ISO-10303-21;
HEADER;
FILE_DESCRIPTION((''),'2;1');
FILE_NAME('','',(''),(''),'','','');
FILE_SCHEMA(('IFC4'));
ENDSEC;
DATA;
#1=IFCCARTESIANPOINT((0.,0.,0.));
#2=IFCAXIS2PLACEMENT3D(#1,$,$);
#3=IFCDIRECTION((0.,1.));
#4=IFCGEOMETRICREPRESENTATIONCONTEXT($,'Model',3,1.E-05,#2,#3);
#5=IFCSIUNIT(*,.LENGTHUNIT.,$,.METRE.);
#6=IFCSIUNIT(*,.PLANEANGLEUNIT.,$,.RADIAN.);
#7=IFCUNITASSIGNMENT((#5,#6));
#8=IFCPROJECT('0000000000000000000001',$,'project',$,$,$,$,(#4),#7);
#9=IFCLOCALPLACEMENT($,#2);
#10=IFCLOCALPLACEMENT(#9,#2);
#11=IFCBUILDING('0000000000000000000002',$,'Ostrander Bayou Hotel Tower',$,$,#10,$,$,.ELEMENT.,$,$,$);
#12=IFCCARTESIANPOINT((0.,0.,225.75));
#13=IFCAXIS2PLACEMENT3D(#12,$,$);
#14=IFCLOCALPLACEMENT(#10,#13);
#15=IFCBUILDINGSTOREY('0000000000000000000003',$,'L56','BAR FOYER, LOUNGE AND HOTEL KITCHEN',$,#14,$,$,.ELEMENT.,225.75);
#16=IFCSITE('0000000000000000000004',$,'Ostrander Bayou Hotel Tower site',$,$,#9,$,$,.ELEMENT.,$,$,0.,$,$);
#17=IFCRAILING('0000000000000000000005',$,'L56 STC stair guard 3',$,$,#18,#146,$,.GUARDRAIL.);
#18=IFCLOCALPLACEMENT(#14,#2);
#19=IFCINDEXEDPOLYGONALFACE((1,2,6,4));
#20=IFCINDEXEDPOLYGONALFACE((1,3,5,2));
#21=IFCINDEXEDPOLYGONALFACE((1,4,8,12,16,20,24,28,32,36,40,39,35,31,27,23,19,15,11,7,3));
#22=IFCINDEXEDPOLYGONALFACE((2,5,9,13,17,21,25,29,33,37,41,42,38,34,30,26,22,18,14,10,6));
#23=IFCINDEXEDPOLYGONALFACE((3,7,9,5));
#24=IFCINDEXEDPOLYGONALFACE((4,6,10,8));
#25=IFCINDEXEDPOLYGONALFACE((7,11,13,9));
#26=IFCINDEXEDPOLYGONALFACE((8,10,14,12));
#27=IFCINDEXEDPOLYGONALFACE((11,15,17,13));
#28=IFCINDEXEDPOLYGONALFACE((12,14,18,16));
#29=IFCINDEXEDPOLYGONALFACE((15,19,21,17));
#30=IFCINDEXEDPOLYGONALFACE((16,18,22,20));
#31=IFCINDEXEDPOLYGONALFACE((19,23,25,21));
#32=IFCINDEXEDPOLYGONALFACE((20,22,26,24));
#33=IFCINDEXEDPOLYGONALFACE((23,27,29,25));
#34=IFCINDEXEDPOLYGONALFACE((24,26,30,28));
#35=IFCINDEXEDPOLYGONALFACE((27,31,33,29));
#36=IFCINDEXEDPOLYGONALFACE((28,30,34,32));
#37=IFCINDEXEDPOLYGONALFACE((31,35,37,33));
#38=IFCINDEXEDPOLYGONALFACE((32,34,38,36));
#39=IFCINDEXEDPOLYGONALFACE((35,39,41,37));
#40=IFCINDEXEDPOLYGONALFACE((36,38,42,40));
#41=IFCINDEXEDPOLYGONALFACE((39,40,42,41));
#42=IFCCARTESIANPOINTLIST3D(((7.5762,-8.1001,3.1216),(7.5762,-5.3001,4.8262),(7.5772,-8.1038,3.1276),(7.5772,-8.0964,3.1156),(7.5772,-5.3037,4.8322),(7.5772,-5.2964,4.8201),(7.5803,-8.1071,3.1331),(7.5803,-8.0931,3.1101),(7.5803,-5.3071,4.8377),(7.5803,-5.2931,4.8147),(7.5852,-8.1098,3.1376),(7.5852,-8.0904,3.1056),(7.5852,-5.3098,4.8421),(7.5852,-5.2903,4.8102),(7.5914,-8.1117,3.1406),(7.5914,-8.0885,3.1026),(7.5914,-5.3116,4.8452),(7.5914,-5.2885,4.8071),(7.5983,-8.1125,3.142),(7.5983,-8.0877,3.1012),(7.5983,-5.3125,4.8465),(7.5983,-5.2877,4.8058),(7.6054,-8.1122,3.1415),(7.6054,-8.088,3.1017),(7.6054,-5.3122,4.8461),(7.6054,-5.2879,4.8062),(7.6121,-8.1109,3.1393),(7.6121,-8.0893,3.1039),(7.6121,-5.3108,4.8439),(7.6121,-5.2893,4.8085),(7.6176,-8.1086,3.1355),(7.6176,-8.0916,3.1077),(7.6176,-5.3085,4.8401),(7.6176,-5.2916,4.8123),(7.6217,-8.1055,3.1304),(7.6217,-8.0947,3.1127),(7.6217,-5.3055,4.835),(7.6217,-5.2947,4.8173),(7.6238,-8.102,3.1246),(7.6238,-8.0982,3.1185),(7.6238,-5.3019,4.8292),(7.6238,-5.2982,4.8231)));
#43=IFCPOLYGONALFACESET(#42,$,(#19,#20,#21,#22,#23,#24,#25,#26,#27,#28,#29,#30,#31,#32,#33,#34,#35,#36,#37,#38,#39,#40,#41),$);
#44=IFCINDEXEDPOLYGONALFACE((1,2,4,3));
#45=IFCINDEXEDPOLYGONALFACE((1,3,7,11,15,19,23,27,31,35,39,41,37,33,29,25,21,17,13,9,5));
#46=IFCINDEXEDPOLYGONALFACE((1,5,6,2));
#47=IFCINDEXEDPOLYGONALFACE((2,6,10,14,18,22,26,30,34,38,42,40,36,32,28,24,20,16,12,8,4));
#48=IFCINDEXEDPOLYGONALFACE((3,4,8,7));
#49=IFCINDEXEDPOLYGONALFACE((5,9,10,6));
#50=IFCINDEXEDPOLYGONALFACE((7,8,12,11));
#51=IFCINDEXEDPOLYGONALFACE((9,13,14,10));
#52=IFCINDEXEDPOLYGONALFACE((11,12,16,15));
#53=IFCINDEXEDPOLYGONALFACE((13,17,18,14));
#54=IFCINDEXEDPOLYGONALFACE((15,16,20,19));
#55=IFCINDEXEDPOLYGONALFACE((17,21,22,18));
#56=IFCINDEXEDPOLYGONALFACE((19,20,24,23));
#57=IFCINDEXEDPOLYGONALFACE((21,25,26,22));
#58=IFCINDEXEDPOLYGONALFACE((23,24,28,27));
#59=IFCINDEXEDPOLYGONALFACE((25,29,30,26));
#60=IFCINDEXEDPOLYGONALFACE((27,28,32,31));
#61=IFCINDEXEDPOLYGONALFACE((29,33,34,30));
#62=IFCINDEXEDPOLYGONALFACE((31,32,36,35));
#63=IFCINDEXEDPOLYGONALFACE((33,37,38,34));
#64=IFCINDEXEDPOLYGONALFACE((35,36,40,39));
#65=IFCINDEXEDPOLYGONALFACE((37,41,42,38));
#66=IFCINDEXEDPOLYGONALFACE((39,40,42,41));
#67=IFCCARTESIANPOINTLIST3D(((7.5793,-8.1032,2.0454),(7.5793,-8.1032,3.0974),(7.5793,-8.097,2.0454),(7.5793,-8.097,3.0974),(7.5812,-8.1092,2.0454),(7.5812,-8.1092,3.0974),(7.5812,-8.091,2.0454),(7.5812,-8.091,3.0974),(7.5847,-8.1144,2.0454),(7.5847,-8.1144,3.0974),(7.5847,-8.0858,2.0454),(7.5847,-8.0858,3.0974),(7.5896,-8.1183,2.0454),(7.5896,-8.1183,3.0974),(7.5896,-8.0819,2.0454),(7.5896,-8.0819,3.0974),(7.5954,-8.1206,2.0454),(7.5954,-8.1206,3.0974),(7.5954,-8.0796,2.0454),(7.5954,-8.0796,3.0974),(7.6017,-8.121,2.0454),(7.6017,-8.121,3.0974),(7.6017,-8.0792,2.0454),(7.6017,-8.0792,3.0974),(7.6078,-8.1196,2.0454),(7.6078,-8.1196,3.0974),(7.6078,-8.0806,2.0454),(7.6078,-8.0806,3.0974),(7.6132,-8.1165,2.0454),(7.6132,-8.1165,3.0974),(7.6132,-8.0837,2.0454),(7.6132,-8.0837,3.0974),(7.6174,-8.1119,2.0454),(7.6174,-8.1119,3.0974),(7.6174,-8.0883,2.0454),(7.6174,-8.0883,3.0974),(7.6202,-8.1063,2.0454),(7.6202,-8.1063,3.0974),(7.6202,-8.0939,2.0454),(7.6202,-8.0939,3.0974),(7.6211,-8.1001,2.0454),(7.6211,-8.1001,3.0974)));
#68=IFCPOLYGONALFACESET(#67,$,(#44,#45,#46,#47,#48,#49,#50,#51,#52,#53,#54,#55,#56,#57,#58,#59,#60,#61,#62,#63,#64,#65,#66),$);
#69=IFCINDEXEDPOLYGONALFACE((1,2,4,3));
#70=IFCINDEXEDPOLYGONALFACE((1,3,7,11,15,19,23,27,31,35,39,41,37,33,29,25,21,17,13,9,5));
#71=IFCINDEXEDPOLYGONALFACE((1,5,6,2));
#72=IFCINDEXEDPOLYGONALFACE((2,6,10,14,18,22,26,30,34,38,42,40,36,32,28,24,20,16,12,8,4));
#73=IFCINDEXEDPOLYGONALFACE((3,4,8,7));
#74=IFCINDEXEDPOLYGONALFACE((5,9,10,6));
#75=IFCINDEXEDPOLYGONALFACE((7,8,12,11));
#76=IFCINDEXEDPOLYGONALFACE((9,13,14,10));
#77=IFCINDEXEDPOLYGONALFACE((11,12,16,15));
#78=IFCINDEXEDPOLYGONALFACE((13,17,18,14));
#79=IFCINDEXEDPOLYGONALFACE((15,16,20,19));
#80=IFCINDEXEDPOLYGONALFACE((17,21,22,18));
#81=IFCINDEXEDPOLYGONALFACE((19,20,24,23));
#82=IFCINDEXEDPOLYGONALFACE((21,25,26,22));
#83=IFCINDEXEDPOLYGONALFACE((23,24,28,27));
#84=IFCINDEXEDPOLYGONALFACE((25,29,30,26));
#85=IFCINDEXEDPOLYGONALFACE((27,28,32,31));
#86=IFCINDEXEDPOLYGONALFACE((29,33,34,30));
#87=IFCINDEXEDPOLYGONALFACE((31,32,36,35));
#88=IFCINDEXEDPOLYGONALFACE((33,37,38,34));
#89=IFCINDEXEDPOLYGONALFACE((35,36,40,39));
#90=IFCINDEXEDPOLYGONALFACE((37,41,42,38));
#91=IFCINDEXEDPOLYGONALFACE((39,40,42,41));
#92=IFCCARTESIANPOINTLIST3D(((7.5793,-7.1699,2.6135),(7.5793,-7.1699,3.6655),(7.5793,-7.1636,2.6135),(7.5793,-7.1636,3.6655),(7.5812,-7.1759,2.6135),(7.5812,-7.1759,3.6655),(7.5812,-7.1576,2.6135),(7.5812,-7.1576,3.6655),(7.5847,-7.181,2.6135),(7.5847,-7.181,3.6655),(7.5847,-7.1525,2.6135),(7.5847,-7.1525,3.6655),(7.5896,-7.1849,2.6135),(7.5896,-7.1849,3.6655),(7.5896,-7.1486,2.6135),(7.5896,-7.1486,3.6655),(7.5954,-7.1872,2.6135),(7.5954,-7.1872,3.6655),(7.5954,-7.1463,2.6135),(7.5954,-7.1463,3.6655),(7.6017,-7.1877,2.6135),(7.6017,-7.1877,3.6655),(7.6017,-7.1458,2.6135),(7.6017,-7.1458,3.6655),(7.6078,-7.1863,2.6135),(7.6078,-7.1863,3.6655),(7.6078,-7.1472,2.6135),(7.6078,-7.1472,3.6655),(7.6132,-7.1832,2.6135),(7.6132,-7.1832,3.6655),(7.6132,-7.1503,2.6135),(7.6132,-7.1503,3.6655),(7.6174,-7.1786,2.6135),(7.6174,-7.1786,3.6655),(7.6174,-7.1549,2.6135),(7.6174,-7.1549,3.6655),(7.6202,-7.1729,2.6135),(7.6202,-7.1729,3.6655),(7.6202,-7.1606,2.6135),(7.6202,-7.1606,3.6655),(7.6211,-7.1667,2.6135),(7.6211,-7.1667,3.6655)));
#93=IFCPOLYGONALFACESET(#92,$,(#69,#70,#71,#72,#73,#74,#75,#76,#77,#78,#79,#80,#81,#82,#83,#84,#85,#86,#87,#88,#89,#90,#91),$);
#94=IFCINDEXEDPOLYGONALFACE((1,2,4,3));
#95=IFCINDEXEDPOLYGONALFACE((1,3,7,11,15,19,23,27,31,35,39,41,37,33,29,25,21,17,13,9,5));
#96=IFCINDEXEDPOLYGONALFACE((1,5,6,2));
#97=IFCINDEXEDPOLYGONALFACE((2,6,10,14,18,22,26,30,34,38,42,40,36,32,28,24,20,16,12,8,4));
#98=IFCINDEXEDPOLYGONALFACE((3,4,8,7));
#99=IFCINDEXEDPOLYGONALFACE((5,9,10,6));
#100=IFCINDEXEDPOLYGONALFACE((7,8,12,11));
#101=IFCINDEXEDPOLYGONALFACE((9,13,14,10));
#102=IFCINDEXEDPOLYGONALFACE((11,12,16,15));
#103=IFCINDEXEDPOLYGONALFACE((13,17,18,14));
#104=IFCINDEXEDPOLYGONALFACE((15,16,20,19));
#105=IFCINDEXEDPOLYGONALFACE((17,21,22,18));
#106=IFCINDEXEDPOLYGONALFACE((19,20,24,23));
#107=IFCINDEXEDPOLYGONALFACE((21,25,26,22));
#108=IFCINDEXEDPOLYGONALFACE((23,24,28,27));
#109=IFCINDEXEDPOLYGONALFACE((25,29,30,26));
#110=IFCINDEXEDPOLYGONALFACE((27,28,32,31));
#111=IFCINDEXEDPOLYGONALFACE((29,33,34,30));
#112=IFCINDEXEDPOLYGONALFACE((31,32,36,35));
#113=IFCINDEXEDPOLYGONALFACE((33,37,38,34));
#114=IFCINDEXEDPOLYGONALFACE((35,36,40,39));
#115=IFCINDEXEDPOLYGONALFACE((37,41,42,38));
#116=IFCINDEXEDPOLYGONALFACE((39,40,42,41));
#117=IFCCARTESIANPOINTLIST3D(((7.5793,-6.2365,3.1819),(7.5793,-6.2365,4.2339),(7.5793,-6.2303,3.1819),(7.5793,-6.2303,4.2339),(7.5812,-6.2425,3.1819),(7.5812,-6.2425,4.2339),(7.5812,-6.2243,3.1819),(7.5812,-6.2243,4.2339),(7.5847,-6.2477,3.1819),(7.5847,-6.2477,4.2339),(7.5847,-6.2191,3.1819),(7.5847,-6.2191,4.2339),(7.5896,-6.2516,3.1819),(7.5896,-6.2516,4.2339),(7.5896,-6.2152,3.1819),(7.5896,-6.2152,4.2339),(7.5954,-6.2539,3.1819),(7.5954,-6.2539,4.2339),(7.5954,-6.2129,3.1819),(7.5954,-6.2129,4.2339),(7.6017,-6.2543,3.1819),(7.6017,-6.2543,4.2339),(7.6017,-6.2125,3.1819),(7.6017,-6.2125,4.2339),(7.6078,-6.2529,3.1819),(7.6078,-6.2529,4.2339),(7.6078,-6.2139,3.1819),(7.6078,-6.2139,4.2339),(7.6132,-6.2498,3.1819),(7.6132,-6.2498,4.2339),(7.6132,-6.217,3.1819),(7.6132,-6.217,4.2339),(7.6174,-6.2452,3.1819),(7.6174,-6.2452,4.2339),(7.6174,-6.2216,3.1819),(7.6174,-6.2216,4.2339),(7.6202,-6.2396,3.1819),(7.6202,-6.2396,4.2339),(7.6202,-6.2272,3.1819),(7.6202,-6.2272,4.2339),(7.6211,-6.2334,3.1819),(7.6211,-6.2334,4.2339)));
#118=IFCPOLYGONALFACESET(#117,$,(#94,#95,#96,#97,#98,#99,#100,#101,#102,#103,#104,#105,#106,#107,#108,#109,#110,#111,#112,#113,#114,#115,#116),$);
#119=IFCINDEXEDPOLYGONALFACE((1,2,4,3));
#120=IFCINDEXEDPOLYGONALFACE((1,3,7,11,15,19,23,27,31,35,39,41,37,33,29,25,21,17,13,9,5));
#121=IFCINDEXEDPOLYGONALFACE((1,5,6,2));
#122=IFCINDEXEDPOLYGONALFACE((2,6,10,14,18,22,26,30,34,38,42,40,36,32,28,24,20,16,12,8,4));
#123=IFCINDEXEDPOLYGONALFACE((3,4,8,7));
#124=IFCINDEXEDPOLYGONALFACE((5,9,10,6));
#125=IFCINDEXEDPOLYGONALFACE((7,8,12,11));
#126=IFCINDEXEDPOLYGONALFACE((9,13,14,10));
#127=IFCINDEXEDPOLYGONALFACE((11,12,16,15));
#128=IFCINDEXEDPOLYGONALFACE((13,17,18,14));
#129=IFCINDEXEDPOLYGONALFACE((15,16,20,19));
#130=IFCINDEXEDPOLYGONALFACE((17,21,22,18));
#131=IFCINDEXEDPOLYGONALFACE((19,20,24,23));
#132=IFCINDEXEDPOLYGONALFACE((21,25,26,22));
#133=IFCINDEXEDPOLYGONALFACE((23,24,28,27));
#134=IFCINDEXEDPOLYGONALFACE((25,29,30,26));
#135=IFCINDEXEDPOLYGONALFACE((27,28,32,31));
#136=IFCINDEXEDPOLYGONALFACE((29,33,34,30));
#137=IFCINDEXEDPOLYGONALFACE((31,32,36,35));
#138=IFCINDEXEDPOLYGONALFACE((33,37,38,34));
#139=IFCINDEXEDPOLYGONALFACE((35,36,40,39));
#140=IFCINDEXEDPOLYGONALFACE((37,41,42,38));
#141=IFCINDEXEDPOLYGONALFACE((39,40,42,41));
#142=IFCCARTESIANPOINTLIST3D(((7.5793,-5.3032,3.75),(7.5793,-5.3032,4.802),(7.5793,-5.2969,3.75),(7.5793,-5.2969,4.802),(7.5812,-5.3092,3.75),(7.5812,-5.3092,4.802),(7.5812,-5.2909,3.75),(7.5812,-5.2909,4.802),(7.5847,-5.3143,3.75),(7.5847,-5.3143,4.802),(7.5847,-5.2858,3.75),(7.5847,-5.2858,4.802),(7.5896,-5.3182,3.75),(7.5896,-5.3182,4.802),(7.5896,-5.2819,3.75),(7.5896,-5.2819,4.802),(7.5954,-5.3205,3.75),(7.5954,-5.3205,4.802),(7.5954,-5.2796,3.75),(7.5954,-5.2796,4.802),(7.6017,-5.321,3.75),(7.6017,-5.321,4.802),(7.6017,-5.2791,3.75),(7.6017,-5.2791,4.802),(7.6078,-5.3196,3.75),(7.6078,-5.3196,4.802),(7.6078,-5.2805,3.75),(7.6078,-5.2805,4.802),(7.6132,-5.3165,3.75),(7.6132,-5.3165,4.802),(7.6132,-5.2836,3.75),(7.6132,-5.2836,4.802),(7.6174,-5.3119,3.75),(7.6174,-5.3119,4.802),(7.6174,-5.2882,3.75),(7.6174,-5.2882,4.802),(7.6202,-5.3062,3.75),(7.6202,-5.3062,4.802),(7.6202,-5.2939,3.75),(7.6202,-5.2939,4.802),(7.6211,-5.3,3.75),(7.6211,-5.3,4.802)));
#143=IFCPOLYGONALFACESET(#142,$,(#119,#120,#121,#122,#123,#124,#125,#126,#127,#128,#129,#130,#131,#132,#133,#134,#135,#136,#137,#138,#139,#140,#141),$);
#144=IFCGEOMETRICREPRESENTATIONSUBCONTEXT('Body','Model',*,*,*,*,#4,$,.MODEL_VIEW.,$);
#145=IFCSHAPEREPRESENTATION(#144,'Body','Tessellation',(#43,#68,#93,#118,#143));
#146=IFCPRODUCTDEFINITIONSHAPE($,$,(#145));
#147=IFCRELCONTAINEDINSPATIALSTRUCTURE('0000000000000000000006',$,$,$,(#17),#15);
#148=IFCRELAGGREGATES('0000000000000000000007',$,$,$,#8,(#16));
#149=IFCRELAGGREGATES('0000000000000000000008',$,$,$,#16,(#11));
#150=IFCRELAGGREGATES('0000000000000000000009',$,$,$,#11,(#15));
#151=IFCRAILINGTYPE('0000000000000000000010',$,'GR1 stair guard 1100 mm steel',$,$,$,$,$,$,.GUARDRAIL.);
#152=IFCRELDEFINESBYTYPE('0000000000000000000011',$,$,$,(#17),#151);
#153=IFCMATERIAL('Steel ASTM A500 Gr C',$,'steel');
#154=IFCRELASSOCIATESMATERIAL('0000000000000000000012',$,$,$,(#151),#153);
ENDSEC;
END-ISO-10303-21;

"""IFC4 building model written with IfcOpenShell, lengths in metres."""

from ifc_helpers import new_model, si_unit, direction, frame, origin, origin_2d, place, context, subcontext, project, spatial, circle, extrude, material, type_object, element, save


model = new_model("IFC4")

# Units and contexts
model_context = context("Model", 3, precision=1e-05, world=origin(), true_north=direction((0.0, 1.0)))
body_context = subcontext(model_context, "Body", "Model", "MODEL_VIEW")
ifc_project = project(units=[si_unit("LENGTHUNIT", "METRE"), si_unit("PLANEANGLEUNIT", "RADIAN")], contexts=[model_context])

# Site, building, storey
site_placement = place(None, origin())
site = spatial("IfcSite", under=ifc_project, at=site_placement, Name="Ostrander Bayou Hotel Tower site", CompositionType="ELEMENT", RefElevation=0.0)
building_placement = place(site_placement, origin())
building = spatial("IfcBuilding", under=site, at=building_placement, Name="Ostrander Bayou Hotel Tower", CompositionType="ELEMENT")
storey_placement = place(building_placement, frame((0.0, 0.0, 225.75)))
storey = spatial("IfcBuildingStorey", under=building, at=storey_placement, Name="L56", Description="BAR FOYER, LOUNGE AND HOTEL KITCHEN", CompositionType="ELEMENT", Elevation=225.75)

# Railing
ifc_material_1 = material(Name="Steel ASTM A500 Gr C", Category="steel")
railing_type_1 = type_object("IfcRailingType", Name="GR1 stair guard 1100 mm steel", PredefinedType="GUARDRAIL", material=ifc_material_1)
railing_1_placement = place(storey_placement, frame((7.6001, -8.1001, 2.0454)))
element("IfcRailing", 1, at=railing_1_placement, inside=storey, type_object=railing_type_1, Name="L56 STC stair guard 3", PredefinedType="GUARDRAIL", context=body_context, shape_type="SweptSolid", body=[
    extrude(circle(Radius=0.0239, at=origin_2d()), frame((0.0, 0.0, 1.0762), z_axis=(0.0, 0.85417, 0.519994), x_axis=(-1.0, 0.0, 0.0)), (0.0, 0.0, 1.0), 3.2781),
    extrude(circle(Radius=0.021, at=origin_2d()), origin(), (0.0, 0.0, 1.0), 1.052),
    extrude(circle(Radius=0.021, at=origin_2d()), frame((0.0, 0.9333, 0.5681)), (0.0, 0.0, 1.0), 1.052),
    extrude(circle(Radius=0.021, at=origin_2d()), frame((0.0, 1.8667, 1.1365)), (0.0, 0.0, 1.0), 1.052),
    extrude(circle(Radius=0.021, at=origin_2d()), frame((0.0, 2.8, 1.7046)), (0.0, 0.0, 1.0), 1.052),
])

save(model, "model.ifc")
